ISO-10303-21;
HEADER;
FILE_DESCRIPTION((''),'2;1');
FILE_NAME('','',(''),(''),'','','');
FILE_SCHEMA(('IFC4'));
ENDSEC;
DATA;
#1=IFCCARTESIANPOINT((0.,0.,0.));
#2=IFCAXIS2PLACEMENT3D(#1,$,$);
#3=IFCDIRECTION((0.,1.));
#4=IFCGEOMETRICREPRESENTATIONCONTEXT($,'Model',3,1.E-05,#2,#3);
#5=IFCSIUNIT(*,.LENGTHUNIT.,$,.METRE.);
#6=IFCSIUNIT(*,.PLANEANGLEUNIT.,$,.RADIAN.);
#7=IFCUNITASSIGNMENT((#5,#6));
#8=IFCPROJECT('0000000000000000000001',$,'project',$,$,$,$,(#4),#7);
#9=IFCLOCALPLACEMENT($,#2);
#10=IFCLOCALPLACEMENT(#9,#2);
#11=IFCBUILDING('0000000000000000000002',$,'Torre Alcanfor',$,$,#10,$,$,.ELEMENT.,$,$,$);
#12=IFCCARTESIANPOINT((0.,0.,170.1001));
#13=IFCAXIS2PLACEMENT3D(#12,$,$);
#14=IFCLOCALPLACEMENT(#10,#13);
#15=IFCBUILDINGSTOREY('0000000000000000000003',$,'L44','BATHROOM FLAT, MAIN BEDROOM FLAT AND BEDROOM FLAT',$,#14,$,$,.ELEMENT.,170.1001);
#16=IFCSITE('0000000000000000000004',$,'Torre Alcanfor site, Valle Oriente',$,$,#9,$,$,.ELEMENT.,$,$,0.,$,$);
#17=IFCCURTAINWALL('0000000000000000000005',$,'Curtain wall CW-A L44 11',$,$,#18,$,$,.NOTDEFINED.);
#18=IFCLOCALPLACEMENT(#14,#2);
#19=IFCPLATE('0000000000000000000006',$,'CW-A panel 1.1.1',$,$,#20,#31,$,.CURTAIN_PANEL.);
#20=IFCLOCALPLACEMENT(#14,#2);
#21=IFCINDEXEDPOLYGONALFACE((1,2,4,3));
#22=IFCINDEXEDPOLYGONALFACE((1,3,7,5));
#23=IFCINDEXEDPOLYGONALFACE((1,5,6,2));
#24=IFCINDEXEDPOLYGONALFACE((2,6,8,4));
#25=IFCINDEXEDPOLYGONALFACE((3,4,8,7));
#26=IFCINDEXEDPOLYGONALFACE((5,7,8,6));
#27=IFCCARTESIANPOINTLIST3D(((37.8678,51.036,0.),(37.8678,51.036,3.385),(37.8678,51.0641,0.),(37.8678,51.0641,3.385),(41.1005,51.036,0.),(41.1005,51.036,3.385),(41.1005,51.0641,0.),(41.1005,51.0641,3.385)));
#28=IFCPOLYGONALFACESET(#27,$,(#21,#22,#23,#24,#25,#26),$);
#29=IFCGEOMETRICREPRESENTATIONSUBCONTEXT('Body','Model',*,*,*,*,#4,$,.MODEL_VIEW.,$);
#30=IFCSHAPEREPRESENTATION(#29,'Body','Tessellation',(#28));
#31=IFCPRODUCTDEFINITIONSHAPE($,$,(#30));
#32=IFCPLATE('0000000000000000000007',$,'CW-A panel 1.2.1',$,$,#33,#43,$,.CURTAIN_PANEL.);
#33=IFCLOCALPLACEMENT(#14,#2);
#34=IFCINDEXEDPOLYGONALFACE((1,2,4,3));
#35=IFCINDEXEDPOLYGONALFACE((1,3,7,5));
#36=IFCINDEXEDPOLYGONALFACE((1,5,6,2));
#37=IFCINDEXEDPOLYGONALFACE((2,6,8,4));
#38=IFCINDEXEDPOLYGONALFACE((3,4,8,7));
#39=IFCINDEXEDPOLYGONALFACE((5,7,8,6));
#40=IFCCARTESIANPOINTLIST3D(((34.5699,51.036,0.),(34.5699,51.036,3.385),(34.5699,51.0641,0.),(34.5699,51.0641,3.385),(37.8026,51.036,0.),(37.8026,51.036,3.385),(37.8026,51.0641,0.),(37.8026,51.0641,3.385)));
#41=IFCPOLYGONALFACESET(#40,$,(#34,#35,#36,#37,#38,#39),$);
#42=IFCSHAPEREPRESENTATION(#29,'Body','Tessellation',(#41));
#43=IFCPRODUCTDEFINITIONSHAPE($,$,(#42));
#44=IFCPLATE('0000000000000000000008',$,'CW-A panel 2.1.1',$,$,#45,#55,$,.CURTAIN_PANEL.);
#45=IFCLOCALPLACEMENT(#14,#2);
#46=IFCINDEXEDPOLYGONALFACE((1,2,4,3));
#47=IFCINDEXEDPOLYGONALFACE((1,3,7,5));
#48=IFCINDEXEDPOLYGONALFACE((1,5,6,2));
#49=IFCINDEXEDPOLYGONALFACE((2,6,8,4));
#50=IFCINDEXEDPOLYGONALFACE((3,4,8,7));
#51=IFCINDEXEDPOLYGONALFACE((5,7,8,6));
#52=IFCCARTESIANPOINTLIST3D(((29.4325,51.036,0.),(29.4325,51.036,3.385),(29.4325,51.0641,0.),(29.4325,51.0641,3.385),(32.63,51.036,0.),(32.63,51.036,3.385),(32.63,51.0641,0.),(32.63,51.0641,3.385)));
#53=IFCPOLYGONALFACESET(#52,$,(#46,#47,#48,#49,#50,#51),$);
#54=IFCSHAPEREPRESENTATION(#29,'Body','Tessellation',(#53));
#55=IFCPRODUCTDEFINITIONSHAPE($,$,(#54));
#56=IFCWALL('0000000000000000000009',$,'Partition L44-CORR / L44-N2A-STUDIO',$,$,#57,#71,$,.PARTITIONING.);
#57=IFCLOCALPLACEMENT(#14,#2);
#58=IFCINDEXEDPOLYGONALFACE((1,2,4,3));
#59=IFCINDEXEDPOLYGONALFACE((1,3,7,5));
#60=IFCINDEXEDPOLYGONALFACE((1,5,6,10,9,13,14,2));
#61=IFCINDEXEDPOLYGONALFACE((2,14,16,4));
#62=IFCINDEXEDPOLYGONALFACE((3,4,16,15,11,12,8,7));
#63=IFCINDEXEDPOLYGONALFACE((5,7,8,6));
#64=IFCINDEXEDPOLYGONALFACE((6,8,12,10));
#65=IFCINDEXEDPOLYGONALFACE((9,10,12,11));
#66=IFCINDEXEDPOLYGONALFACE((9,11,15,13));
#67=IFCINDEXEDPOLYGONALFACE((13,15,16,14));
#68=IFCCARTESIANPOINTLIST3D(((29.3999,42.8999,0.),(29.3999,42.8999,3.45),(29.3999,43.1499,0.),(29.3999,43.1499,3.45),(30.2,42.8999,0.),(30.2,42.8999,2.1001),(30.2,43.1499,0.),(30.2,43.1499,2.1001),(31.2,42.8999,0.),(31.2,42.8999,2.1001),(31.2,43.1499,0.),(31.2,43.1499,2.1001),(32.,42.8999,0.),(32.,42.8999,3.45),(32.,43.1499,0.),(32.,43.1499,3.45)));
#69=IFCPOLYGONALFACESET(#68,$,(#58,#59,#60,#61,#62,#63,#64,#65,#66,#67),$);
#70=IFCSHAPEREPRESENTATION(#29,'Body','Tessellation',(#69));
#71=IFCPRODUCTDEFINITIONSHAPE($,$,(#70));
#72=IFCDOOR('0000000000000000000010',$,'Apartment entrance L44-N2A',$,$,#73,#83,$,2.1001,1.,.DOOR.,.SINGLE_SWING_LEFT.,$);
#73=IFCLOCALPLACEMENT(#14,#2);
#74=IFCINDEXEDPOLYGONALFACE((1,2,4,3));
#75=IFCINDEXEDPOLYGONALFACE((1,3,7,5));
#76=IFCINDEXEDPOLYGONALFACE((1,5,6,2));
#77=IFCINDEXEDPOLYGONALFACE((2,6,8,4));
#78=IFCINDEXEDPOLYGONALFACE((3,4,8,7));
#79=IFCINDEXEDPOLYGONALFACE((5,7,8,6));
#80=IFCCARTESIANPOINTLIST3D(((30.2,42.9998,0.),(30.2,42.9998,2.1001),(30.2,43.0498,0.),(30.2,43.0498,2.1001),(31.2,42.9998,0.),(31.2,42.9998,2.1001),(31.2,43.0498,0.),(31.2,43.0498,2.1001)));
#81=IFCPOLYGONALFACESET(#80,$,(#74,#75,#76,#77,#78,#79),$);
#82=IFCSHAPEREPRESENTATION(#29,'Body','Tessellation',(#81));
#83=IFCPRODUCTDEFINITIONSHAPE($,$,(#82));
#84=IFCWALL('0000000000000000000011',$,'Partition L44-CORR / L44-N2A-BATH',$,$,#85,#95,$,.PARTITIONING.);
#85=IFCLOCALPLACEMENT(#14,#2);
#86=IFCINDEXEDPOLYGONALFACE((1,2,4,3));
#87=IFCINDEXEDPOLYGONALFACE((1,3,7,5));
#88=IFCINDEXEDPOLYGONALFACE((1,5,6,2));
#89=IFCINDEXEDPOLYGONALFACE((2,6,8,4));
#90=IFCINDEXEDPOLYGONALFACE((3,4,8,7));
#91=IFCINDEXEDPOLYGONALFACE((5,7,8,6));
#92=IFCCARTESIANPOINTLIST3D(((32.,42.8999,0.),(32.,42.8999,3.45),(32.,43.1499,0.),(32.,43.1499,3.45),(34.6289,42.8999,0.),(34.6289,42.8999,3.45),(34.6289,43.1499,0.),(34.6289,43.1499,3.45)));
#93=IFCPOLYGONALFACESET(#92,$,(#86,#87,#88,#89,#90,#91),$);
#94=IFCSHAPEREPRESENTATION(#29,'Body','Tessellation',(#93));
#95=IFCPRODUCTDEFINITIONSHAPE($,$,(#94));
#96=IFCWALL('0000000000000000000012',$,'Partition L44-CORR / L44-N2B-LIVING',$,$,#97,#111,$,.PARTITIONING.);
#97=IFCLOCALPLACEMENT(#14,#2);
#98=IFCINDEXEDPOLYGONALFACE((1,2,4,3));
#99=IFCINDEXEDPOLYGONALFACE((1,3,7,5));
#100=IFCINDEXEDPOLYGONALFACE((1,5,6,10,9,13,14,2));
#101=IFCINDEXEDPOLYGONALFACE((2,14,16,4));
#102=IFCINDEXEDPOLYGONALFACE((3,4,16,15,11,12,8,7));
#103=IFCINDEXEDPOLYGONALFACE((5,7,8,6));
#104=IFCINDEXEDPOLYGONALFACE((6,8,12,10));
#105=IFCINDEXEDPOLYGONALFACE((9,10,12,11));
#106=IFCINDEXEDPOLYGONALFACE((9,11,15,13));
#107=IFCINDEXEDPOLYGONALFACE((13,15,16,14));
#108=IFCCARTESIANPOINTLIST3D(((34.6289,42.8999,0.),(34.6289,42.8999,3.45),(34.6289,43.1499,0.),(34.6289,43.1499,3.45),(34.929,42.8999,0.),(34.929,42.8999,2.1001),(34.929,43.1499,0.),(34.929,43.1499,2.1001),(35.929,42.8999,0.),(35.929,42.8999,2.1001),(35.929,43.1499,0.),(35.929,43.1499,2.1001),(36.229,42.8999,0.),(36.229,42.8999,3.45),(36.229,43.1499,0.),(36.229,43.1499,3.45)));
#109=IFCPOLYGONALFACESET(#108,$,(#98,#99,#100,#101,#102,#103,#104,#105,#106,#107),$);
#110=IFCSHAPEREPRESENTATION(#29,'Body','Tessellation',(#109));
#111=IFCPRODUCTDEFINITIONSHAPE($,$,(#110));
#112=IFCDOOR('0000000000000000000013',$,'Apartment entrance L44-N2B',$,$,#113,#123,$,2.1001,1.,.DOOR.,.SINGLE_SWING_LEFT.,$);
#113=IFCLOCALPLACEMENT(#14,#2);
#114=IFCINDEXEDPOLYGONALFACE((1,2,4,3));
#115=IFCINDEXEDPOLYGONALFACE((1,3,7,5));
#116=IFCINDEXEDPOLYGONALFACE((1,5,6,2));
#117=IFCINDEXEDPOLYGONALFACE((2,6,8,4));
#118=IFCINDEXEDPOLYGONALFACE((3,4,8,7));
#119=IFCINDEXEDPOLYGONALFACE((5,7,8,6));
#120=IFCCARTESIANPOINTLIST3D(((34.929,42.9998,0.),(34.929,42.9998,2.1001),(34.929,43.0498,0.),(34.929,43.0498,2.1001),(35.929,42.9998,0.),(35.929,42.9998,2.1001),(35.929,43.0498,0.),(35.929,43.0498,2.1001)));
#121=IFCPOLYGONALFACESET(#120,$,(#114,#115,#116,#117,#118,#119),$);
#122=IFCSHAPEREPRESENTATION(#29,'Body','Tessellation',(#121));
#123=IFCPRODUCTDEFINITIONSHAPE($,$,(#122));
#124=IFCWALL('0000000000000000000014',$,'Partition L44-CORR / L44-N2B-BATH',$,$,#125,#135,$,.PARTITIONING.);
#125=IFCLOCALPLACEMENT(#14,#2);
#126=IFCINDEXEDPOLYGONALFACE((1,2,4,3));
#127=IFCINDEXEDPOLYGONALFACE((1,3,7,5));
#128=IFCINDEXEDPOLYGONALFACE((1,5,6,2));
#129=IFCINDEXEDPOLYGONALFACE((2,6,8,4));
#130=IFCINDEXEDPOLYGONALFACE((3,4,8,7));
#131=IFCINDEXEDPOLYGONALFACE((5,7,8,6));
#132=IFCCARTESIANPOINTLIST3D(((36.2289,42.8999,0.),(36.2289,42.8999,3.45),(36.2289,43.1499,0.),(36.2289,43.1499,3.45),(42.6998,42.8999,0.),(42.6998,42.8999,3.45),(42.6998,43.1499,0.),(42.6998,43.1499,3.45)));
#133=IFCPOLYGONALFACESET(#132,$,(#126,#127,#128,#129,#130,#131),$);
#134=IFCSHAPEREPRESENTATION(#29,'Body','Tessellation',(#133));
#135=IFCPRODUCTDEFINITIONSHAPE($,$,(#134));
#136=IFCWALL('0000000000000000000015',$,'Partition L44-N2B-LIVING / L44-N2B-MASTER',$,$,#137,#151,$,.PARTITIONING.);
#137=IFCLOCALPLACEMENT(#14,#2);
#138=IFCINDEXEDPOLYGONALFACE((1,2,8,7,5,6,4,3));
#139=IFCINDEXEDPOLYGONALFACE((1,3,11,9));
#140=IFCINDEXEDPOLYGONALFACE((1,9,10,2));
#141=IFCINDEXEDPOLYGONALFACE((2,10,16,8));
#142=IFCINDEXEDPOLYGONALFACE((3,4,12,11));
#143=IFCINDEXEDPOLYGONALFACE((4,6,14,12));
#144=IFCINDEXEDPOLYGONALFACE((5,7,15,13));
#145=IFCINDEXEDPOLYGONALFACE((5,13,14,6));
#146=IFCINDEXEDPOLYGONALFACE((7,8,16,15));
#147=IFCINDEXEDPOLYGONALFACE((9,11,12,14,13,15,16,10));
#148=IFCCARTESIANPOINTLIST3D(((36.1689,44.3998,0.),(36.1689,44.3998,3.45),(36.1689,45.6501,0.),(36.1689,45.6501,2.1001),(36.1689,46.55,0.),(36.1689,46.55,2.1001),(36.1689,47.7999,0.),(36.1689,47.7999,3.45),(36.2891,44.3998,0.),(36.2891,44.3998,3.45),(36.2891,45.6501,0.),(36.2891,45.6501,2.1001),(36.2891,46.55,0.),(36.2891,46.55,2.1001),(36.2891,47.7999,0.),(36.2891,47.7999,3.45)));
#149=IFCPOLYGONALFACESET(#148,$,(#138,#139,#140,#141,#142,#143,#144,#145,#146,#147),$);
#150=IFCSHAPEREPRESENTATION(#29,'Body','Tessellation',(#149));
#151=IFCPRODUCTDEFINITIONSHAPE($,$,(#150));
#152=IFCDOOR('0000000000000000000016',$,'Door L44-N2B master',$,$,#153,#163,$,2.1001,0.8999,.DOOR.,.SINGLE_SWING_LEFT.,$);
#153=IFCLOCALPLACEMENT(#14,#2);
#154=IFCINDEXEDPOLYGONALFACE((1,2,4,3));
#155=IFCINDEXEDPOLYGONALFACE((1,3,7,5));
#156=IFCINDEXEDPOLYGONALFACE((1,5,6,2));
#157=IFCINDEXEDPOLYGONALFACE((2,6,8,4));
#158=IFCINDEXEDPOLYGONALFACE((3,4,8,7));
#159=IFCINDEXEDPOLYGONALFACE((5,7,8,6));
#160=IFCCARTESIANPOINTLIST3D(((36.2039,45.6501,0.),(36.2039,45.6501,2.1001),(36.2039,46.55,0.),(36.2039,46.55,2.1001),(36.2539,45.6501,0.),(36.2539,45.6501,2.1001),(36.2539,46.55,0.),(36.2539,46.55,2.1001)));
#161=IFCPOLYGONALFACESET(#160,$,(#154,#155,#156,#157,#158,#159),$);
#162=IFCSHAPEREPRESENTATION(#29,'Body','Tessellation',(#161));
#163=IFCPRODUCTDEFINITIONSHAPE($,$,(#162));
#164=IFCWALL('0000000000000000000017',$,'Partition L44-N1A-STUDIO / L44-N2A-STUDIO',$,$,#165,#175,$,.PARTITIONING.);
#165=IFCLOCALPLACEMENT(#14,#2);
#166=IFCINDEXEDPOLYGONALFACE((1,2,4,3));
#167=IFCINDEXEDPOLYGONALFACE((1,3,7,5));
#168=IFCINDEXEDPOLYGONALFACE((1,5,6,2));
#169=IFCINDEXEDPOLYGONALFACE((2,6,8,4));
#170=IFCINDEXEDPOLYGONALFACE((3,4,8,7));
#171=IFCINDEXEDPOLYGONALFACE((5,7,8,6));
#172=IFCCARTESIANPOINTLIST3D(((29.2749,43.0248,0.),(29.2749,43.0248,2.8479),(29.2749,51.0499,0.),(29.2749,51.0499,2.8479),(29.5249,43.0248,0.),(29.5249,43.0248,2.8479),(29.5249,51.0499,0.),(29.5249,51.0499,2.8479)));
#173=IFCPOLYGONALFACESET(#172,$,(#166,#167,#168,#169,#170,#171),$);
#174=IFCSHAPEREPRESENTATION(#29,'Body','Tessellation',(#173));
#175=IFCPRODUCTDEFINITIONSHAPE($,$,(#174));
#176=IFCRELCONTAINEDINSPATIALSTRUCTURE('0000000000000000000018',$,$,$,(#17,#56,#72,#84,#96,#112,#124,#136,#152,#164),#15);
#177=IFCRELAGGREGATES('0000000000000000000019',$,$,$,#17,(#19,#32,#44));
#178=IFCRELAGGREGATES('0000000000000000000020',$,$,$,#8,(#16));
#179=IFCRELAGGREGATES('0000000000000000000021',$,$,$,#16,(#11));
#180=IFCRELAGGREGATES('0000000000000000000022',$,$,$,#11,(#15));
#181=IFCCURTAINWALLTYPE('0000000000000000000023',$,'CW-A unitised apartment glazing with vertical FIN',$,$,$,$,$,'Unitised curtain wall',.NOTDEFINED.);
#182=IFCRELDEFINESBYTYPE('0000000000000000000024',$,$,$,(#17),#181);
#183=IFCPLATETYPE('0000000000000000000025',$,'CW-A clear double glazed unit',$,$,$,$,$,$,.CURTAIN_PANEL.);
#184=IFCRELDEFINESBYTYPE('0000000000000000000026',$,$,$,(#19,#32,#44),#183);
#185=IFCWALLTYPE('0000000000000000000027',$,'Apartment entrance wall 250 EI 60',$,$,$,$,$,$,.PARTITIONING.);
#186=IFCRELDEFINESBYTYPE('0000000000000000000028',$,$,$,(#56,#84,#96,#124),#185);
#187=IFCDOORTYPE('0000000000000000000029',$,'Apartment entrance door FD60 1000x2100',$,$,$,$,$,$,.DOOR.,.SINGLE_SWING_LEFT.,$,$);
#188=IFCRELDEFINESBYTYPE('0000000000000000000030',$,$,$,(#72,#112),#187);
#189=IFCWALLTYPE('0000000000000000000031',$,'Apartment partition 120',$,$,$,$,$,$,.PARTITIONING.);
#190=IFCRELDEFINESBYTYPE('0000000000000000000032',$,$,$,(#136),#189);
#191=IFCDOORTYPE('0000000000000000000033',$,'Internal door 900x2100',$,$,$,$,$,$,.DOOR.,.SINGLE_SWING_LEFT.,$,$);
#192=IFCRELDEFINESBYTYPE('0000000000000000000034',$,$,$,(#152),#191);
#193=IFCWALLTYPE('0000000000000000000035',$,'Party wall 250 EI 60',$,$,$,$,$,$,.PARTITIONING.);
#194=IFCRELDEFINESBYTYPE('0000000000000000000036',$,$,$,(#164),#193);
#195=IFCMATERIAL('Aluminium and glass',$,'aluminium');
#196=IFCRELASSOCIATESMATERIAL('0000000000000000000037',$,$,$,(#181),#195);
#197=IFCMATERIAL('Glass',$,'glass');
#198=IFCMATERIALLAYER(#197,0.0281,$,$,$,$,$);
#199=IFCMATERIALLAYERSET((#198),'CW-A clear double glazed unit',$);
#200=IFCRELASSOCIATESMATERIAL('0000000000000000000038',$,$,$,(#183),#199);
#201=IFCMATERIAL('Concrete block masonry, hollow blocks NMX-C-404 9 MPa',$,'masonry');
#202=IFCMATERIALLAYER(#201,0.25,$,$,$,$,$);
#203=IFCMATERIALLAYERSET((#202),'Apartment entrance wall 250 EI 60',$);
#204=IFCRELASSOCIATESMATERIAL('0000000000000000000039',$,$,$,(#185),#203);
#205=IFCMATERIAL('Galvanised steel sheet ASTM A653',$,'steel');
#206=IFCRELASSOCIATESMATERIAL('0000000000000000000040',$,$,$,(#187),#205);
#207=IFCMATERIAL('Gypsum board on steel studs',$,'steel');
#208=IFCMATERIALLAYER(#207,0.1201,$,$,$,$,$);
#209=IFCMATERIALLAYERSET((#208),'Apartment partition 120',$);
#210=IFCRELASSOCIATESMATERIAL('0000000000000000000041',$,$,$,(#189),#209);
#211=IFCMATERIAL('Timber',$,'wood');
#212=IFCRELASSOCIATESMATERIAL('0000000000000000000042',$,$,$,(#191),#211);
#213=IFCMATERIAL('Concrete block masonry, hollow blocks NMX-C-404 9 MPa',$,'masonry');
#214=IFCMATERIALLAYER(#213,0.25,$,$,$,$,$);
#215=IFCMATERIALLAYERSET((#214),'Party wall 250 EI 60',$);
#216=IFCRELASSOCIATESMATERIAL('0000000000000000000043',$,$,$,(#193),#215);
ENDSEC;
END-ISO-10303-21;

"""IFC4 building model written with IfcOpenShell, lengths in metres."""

from ifc_helpers import new_model, si_unit, direction, frame, frame_2d, origin, origin_2d, place, context, subcontext, project, spatial, rectangle, extrude, material, layer, layer_set, type_object, element, fill, aggregate, save


model = new_model("IFC4")

# Units and contexts
model_context = context("Model", 3, precision=1e-05, world=origin(), true_north=direction((0.0, 1.0)))
body_context = subcontext(model_context, "Body", "Model", "MODEL_VIEW")
ifc_project = project(units=[si_unit("LENGTHUNIT", "METRE"), si_unit("PLANEANGLEUNIT", "RADIAN")], contexts=[model_context])

# Site, building, storey
site_placement = place(None, origin())
site = spatial("IfcSite", under=ifc_project, at=site_placement, Name="Torre Alcanfor site, Valle Oriente", CompositionType="ELEMENT", RefElevation=0.0)
building_placement = place(site_placement, origin())
building = spatial("IfcBuilding", under=site, at=building_placement, Name="Torre Alcanfor", CompositionType="ELEMENT")
storey_placement = place(building_placement, frame((0.0, 0.0, 170.1001)))
storey = spatial("IfcBuildingStorey", under=building, at=storey_placement, Name="L44", Description="BATHROOM FLAT, MAIN BEDROOM FLAT AND BEDROOM FLAT", CompositionType="ELEMENT", Elevation=170.1001)

# Curtain wall
ifc_material_1 = material(Name="Aluminium and glass", Category="aluminium")
curtain_wall_type = type_object("IfcCurtainWallType", Name="CW-A unitised apartment glazing with vertical FIN", ElementType="Unitised curtain wall", PredefinedType="NOTDEFINED", material=ifc_material_1)
curtain_wall_placement = place(storey_placement, origin())
curtain_wall = element("IfcCurtainWall", 1, at=curtain_wall_placement, inside=storey, type_object=curtain_wall_type, Name="Curtain wall CW-A L44 11", PredefinedType="NOTDEFINED")

# Plates
ifc_material_2 = material(Name="Glass", Category="glass")
ifc_layer_1 = layer(ifc_material_2, 0.0281)
ifc_layer_set_1 = layer_set([ifc_layer_1], Name="CW-A clear double glazed unit")
plate_type = type_object("IfcPlateType", Name="CW-A clear double glazed unit", PredefinedType="CURTAIN_PANEL", material=ifc_layer_set_1)
plate_1_placement = place(storey_placement, frame((39.4841, 51.05, 0.0), z_axis=(0.0, 0.0, 1.0), x_axis=(-1.0, 0.0, 0.0)))
plate_1 = element("IfcPlate", 2, at=plate_1_placement, type_object=plate_type, Name="CW-A panel 1.1.1", PredefinedType="CURTAIN_PANEL", context=body_context, shape_type="SweptSolid", body=[
    extrude(rectangle(XDim=3.2327, YDim=0.0281, at=origin_2d()), origin(), (0.0, 0.0, 1.0), 3.385),
])
plate_2_placement = place(storey_placement, frame((36.1863, 51.05, 0.0), z_axis=(0.0, 0.0, 1.0), x_axis=(-1.0, 0.0, 0.0)))
plate_2 = element("IfcPlate", 3, at=plate_2_placement, type_object=plate_type, Name="CW-A panel 1.2.1", PredefinedType="CURTAIN_PANEL", context=body_context, shape_type="SweptSolid", body=[
    extrude(rectangle(XDim=3.2327, YDim=0.0281, at=origin_2d()), origin(), (0.0, 0.0, 1.0), 3.385),
])
plate_3_placement = place(storey_placement, frame((31.0312, 51.05, 0.0), z_axis=(0.0, 0.0, 1.0), x_axis=(-1.0, 0.0, 0.0)))
plate_3 = element("IfcPlate", 4, at=plate_3_placement, type_object=plate_type, Name="CW-A panel 2.1.1", PredefinedType="CURTAIN_PANEL", context=body_context, shape_type="SweptSolid", body=[
    extrude(rectangle(XDim=3.1975, YDim=0.0281, at=origin_2d()), origin(), (0.0, 0.0, 1.0), 3.385),
])
aggregate(curtain_wall, [plate_1, plate_2, plate_3])

# Wall, opening, door
ifc_material_3 = material(Name="Concrete block masonry, hollow blocks NMX-C-404 9 MPa", Category="masonry")
ifc_layer_2 = layer(ifc_material_3, 0.25)
ifc_layer_set_2 = layer_set([ifc_layer_2], Name="Apartment entrance wall 250 EI 60")
wall_type_1 = type_object("IfcWallType", Name="Apartment entrance wall 250 EI 60", PredefinedType="PARTITIONING", material=ifc_layer_set_2)
wall_1_placement = place(storey_placement, frame((29.3999, 43.0249, 0.0), z_axis=(0.0, 0.0, 1.0), x_axis=(1.0, 0.0, 0.0)))
wall_1 = element("IfcWall", 5, at=wall_1_placement, inside=storey, type_object=wall_type_1, Name="Partition L44-CORR / L44-N2A-STUDIO", PredefinedType="PARTITIONING", context=body_context, shape_type="SweptSolid", body=[
    extrude(rectangle(XDim=2.6001, YDim=0.25, at=frame_2d((1.3, 0.0))), origin(), (0.0, 0.0, 1.0), 3.45),
])
opening_1_placement = place(wall_1_placement, frame((0.8, 0.0, 0.0)))
opening_1 = element("IfcOpeningElement", 6, at=opening_1_placement, cuts=wall_1, PredefinedType="OPENING", context=body_context, shape_type="SweptSolid", body=[
    extrude(rectangle(XDim=1.0, YDim=2.1001, at=frame_2d((0.5, 1.05))), frame((0.0, 0.135, 0.0), z_axis=(0.0, -1.0, 0.0), x_axis=(1.0, 0.0, 0.0)), (0.0, 0.0, 1.0), 0.27),
])
ifc_material_4 = material(Name="Galvanised steel sheet ASTM A653", Category="steel")
door_type_1 = type_object("IfcDoorType", Name="Apartment entrance door FD60 1000x2100", OperationType="SINGLE_SWING_LEFT", PredefinedType="DOOR", material=ifc_material_4)
door_1_placement = place(opening_1_placement, origin())
door_1 = element("IfcDoor", 7, at=door_1_placement, inside=storey, type_object=door_type_1, Name="Apartment entrance L44-N2A", OperationType="SINGLE_SWING_LEFT", OverallHeight=2.1001, OverallWidth=1.0, PredefinedType="DOOR", context=body_context, shape_type="SweptSolid", body=[
    extrude(rectangle(XDim=1.0, YDim=2.1001, at=frame_2d((0.5, 1.05))), frame((0.0, 0.0249, 0.0), z_axis=(0.0, -1.0, 0.0), x_axis=(1.0, 0.0, 0.0)), (0.0, 0.0, 1.0), 0.05),
])
fill(opening_1, door_1)

# Wall
wall_2_placement = place(storey_placement, frame((32.0, 43.0249, 0.0), z_axis=(0.0, 0.0, 1.0), x_axis=(1.0, 0.0, 0.0)))
element("IfcWall", 8, at=wall_2_placement, inside=storey, type_object=wall_type_1, Name="Partition L44-CORR / L44-N2A-BATH", PredefinedType="PARTITIONING", context=body_context, shape_type="SweptSolid", body=[
    extrude(rectangle(XDim=2.6289, YDim=0.25, at=frame_2d((1.3145, 0.0))), origin(), (0.0, 0.0, 1.0), 3.45),
])

# Wall, opening, door
wall_3_placement = place(storey_placement, frame((34.6289, 43.0249, 0.0), z_axis=(0.0, 0.0, 1.0), x_axis=(1.0, 0.0, 0.0)))
wall_3 = element("IfcWall", 9, at=wall_3_placement, inside=storey, type_object=wall_type_1, Name="Partition L44-CORR / L44-N2B-LIVING", PredefinedType="PARTITIONING", context=body_context, shape_type="SweptSolid", body=[
    extrude(rectangle(XDim=1.6001, YDim=0.25, at=frame_2d((0.8, 0.0))), origin(), (0.0, 0.0, 1.0), 3.45),
])
opening_2_placement = place(wall_3_placement, frame((0.3, 0.0, 0.0)))
opening_2 = element("IfcOpeningElement", 10, at=opening_2_placement, cuts=wall_3, PredefinedType="OPENING", context=body_context, shape_type="SweptSolid", body=[
    extrude(rectangle(XDim=1.0, YDim=2.1001, at=frame_2d((0.5, 1.05))), frame((0.0, 0.135, 0.0), z_axis=(0.0, -1.0, 0.0), x_axis=(1.0, 0.0, 0.0)), (0.0, 0.0, 1.0), 0.27),
])
door_2_placement = place(opening_2_placement, origin())
door_2 = element("IfcDoor", 11, at=door_2_placement, inside=storey, type_object=door_type_1, Name="Apartment entrance L44-N2B", OperationType="SINGLE_SWING_LEFT", OverallHeight=2.1001, OverallWidth=1.0, PredefinedType="DOOR", context=body_context, shape_type="SweptSolid", body=[
    extrude(rectangle(XDim=1.0, YDim=2.1001, at=frame_2d((0.5, 1.05))), frame((0.0, 0.0249, 0.0), z_axis=(0.0, -1.0, 0.0), x_axis=(1.0, 0.0, 0.0)), (0.0, 0.0, 1.0), 0.05),
])
fill(opening_2, door_2)

# Wall
wall_4_placement = place(storey_placement, frame((36.229, 43.0249, 0.0), z_axis=(0.0, 0.0, 1.0), x_axis=(1.0, 0.0, 0.0)))
element("IfcWall", 12, at=wall_4_placement, inside=storey, type_object=wall_type_1, Name="Partition L44-CORR / L44-N2B-BATH", PredefinedType="PARTITIONING", context=body_context, shape_type="SweptSolid", body=[
    extrude(rectangle(XDim=6.4709, YDim=0.25, at=frame_2d((3.2354, 0.0))), origin(), (0.0, 0.0, 1.0), 3.45),
])

# Wall, opening, door
ifc_material_5 = material(Name="Gypsum board on steel studs", Category="steel")
ifc_layer_3 = layer(ifc_material_5, 0.1201)
ifc_layer_set_3 = layer_set([ifc_layer_3], Name="Apartment partition 120")
wall_type_2 = type_object("IfcWallType", Name="Apartment partition 120", PredefinedType="PARTITIONING", material=ifc_layer_set_3)
wall_5_placement = place(storey_placement, frame((36.229, 47.8, 0.0), z_axis=(0.0, 0.0, 1.0), x_axis=(0.0, -1.0, 0.0)))
wall_5 = element("IfcWall", 13, at=wall_5_placement, inside=storey, type_object=wall_type_2, Name="Partition L44-N2B-LIVING / L44-N2B-MASTER", PredefinedType="PARTITIONING", context=body_context, shape_type="SweptSolid", body=[
    extrude(rectangle(XDim=3.4001, YDim=0.1201, at=frame_2d((1.7002, 0.0))), origin(), (0.0, 0.0, 1.0), 3.45),
])
opening_3_placement = place(wall_5_placement, frame((1.25, 0.0, 0.0)))
opening_3 = element("IfcOpeningElement", 14, at=opening_3_placement, cuts=wall_5, PredefinedType="OPENING", context=body_context, shape_type="SweptSolid", body=[
    extrude(rectangle(XDim=0.8999, YDim=2.1001, at=frame_2d((0.45, 1.05))), frame((0.0, 0.0701, 0.0), z_axis=(0.0, -1.0, 0.0), x_axis=(1.0, 0.0, 0.0)), (0.0, 0.0, 1.0), 0.1401),
])
ifc_material_6 = material(Name="Timber", Category="wood")
door_type_2 = type_object("IfcDoorType", Name="Internal door 900x2100", OperationType="SINGLE_SWING_LEFT", PredefinedType="DOOR", material=ifc_material_6)
door_3_placement = place(opening_3_placement, origin())
door_3 = element("IfcDoor", 15, at=door_3_placement, inside=storey, type_object=door_type_2, Name="Door L44-N2B master", OperationType="SINGLE_SWING_LEFT", OverallHeight=2.1001, OverallWidth=0.8999, PredefinedType="DOOR", context=body_context, shape_type="SweptSolid", body=[
    extrude(rectangle(XDim=0.8999, YDim=2.1001, at=frame_2d((0.45, 1.05))), frame((0.0, 0.0249, 0.0), z_axis=(0.0, -1.0, 0.0), x_axis=(1.0, 0.0, 0.0)), (0.0, 0.0, 1.0), 0.05),
])
fill(opening_3, door_3)

# Wall
ifc_material_7 = material(Name="Concrete block masonry, hollow blocks NMX-C-404 9 MPa", Category="masonry")
ifc_layer_4 = layer(ifc_material_7, 0.25)
ifc_layer_set_4 = layer_set([ifc_layer_4], Name="Party wall 250 EI 60")
wall_type_3 = type_object("IfcWallType", Name="Party wall 250 EI 60", PredefinedType="PARTITIONING", material=ifc_layer_set_4)
wall_6_placement = place(storey_placement, frame((29.3999, 51.05, 0.0), z_axis=(0.0, 0.0, 1.0), x_axis=(0.0, -1.0, 0.0)))
element("IfcWall", 16, at=wall_6_placement, inside=storey, type_object=wall_type_3, Name="Partition L44-N1A-STUDIO / L44-N2A-STUDIO", PredefinedType="PARTITIONING", context=body_context, shape_type="SweptSolid", body=[
    extrude(rectangle(XDim=8.0251, YDim=0.25, at=frame_2d((4.0127, 0.0))), origin(), (0.0, 0.0, 1.0), 2.8479),
])

save(model, "model.ifc")
